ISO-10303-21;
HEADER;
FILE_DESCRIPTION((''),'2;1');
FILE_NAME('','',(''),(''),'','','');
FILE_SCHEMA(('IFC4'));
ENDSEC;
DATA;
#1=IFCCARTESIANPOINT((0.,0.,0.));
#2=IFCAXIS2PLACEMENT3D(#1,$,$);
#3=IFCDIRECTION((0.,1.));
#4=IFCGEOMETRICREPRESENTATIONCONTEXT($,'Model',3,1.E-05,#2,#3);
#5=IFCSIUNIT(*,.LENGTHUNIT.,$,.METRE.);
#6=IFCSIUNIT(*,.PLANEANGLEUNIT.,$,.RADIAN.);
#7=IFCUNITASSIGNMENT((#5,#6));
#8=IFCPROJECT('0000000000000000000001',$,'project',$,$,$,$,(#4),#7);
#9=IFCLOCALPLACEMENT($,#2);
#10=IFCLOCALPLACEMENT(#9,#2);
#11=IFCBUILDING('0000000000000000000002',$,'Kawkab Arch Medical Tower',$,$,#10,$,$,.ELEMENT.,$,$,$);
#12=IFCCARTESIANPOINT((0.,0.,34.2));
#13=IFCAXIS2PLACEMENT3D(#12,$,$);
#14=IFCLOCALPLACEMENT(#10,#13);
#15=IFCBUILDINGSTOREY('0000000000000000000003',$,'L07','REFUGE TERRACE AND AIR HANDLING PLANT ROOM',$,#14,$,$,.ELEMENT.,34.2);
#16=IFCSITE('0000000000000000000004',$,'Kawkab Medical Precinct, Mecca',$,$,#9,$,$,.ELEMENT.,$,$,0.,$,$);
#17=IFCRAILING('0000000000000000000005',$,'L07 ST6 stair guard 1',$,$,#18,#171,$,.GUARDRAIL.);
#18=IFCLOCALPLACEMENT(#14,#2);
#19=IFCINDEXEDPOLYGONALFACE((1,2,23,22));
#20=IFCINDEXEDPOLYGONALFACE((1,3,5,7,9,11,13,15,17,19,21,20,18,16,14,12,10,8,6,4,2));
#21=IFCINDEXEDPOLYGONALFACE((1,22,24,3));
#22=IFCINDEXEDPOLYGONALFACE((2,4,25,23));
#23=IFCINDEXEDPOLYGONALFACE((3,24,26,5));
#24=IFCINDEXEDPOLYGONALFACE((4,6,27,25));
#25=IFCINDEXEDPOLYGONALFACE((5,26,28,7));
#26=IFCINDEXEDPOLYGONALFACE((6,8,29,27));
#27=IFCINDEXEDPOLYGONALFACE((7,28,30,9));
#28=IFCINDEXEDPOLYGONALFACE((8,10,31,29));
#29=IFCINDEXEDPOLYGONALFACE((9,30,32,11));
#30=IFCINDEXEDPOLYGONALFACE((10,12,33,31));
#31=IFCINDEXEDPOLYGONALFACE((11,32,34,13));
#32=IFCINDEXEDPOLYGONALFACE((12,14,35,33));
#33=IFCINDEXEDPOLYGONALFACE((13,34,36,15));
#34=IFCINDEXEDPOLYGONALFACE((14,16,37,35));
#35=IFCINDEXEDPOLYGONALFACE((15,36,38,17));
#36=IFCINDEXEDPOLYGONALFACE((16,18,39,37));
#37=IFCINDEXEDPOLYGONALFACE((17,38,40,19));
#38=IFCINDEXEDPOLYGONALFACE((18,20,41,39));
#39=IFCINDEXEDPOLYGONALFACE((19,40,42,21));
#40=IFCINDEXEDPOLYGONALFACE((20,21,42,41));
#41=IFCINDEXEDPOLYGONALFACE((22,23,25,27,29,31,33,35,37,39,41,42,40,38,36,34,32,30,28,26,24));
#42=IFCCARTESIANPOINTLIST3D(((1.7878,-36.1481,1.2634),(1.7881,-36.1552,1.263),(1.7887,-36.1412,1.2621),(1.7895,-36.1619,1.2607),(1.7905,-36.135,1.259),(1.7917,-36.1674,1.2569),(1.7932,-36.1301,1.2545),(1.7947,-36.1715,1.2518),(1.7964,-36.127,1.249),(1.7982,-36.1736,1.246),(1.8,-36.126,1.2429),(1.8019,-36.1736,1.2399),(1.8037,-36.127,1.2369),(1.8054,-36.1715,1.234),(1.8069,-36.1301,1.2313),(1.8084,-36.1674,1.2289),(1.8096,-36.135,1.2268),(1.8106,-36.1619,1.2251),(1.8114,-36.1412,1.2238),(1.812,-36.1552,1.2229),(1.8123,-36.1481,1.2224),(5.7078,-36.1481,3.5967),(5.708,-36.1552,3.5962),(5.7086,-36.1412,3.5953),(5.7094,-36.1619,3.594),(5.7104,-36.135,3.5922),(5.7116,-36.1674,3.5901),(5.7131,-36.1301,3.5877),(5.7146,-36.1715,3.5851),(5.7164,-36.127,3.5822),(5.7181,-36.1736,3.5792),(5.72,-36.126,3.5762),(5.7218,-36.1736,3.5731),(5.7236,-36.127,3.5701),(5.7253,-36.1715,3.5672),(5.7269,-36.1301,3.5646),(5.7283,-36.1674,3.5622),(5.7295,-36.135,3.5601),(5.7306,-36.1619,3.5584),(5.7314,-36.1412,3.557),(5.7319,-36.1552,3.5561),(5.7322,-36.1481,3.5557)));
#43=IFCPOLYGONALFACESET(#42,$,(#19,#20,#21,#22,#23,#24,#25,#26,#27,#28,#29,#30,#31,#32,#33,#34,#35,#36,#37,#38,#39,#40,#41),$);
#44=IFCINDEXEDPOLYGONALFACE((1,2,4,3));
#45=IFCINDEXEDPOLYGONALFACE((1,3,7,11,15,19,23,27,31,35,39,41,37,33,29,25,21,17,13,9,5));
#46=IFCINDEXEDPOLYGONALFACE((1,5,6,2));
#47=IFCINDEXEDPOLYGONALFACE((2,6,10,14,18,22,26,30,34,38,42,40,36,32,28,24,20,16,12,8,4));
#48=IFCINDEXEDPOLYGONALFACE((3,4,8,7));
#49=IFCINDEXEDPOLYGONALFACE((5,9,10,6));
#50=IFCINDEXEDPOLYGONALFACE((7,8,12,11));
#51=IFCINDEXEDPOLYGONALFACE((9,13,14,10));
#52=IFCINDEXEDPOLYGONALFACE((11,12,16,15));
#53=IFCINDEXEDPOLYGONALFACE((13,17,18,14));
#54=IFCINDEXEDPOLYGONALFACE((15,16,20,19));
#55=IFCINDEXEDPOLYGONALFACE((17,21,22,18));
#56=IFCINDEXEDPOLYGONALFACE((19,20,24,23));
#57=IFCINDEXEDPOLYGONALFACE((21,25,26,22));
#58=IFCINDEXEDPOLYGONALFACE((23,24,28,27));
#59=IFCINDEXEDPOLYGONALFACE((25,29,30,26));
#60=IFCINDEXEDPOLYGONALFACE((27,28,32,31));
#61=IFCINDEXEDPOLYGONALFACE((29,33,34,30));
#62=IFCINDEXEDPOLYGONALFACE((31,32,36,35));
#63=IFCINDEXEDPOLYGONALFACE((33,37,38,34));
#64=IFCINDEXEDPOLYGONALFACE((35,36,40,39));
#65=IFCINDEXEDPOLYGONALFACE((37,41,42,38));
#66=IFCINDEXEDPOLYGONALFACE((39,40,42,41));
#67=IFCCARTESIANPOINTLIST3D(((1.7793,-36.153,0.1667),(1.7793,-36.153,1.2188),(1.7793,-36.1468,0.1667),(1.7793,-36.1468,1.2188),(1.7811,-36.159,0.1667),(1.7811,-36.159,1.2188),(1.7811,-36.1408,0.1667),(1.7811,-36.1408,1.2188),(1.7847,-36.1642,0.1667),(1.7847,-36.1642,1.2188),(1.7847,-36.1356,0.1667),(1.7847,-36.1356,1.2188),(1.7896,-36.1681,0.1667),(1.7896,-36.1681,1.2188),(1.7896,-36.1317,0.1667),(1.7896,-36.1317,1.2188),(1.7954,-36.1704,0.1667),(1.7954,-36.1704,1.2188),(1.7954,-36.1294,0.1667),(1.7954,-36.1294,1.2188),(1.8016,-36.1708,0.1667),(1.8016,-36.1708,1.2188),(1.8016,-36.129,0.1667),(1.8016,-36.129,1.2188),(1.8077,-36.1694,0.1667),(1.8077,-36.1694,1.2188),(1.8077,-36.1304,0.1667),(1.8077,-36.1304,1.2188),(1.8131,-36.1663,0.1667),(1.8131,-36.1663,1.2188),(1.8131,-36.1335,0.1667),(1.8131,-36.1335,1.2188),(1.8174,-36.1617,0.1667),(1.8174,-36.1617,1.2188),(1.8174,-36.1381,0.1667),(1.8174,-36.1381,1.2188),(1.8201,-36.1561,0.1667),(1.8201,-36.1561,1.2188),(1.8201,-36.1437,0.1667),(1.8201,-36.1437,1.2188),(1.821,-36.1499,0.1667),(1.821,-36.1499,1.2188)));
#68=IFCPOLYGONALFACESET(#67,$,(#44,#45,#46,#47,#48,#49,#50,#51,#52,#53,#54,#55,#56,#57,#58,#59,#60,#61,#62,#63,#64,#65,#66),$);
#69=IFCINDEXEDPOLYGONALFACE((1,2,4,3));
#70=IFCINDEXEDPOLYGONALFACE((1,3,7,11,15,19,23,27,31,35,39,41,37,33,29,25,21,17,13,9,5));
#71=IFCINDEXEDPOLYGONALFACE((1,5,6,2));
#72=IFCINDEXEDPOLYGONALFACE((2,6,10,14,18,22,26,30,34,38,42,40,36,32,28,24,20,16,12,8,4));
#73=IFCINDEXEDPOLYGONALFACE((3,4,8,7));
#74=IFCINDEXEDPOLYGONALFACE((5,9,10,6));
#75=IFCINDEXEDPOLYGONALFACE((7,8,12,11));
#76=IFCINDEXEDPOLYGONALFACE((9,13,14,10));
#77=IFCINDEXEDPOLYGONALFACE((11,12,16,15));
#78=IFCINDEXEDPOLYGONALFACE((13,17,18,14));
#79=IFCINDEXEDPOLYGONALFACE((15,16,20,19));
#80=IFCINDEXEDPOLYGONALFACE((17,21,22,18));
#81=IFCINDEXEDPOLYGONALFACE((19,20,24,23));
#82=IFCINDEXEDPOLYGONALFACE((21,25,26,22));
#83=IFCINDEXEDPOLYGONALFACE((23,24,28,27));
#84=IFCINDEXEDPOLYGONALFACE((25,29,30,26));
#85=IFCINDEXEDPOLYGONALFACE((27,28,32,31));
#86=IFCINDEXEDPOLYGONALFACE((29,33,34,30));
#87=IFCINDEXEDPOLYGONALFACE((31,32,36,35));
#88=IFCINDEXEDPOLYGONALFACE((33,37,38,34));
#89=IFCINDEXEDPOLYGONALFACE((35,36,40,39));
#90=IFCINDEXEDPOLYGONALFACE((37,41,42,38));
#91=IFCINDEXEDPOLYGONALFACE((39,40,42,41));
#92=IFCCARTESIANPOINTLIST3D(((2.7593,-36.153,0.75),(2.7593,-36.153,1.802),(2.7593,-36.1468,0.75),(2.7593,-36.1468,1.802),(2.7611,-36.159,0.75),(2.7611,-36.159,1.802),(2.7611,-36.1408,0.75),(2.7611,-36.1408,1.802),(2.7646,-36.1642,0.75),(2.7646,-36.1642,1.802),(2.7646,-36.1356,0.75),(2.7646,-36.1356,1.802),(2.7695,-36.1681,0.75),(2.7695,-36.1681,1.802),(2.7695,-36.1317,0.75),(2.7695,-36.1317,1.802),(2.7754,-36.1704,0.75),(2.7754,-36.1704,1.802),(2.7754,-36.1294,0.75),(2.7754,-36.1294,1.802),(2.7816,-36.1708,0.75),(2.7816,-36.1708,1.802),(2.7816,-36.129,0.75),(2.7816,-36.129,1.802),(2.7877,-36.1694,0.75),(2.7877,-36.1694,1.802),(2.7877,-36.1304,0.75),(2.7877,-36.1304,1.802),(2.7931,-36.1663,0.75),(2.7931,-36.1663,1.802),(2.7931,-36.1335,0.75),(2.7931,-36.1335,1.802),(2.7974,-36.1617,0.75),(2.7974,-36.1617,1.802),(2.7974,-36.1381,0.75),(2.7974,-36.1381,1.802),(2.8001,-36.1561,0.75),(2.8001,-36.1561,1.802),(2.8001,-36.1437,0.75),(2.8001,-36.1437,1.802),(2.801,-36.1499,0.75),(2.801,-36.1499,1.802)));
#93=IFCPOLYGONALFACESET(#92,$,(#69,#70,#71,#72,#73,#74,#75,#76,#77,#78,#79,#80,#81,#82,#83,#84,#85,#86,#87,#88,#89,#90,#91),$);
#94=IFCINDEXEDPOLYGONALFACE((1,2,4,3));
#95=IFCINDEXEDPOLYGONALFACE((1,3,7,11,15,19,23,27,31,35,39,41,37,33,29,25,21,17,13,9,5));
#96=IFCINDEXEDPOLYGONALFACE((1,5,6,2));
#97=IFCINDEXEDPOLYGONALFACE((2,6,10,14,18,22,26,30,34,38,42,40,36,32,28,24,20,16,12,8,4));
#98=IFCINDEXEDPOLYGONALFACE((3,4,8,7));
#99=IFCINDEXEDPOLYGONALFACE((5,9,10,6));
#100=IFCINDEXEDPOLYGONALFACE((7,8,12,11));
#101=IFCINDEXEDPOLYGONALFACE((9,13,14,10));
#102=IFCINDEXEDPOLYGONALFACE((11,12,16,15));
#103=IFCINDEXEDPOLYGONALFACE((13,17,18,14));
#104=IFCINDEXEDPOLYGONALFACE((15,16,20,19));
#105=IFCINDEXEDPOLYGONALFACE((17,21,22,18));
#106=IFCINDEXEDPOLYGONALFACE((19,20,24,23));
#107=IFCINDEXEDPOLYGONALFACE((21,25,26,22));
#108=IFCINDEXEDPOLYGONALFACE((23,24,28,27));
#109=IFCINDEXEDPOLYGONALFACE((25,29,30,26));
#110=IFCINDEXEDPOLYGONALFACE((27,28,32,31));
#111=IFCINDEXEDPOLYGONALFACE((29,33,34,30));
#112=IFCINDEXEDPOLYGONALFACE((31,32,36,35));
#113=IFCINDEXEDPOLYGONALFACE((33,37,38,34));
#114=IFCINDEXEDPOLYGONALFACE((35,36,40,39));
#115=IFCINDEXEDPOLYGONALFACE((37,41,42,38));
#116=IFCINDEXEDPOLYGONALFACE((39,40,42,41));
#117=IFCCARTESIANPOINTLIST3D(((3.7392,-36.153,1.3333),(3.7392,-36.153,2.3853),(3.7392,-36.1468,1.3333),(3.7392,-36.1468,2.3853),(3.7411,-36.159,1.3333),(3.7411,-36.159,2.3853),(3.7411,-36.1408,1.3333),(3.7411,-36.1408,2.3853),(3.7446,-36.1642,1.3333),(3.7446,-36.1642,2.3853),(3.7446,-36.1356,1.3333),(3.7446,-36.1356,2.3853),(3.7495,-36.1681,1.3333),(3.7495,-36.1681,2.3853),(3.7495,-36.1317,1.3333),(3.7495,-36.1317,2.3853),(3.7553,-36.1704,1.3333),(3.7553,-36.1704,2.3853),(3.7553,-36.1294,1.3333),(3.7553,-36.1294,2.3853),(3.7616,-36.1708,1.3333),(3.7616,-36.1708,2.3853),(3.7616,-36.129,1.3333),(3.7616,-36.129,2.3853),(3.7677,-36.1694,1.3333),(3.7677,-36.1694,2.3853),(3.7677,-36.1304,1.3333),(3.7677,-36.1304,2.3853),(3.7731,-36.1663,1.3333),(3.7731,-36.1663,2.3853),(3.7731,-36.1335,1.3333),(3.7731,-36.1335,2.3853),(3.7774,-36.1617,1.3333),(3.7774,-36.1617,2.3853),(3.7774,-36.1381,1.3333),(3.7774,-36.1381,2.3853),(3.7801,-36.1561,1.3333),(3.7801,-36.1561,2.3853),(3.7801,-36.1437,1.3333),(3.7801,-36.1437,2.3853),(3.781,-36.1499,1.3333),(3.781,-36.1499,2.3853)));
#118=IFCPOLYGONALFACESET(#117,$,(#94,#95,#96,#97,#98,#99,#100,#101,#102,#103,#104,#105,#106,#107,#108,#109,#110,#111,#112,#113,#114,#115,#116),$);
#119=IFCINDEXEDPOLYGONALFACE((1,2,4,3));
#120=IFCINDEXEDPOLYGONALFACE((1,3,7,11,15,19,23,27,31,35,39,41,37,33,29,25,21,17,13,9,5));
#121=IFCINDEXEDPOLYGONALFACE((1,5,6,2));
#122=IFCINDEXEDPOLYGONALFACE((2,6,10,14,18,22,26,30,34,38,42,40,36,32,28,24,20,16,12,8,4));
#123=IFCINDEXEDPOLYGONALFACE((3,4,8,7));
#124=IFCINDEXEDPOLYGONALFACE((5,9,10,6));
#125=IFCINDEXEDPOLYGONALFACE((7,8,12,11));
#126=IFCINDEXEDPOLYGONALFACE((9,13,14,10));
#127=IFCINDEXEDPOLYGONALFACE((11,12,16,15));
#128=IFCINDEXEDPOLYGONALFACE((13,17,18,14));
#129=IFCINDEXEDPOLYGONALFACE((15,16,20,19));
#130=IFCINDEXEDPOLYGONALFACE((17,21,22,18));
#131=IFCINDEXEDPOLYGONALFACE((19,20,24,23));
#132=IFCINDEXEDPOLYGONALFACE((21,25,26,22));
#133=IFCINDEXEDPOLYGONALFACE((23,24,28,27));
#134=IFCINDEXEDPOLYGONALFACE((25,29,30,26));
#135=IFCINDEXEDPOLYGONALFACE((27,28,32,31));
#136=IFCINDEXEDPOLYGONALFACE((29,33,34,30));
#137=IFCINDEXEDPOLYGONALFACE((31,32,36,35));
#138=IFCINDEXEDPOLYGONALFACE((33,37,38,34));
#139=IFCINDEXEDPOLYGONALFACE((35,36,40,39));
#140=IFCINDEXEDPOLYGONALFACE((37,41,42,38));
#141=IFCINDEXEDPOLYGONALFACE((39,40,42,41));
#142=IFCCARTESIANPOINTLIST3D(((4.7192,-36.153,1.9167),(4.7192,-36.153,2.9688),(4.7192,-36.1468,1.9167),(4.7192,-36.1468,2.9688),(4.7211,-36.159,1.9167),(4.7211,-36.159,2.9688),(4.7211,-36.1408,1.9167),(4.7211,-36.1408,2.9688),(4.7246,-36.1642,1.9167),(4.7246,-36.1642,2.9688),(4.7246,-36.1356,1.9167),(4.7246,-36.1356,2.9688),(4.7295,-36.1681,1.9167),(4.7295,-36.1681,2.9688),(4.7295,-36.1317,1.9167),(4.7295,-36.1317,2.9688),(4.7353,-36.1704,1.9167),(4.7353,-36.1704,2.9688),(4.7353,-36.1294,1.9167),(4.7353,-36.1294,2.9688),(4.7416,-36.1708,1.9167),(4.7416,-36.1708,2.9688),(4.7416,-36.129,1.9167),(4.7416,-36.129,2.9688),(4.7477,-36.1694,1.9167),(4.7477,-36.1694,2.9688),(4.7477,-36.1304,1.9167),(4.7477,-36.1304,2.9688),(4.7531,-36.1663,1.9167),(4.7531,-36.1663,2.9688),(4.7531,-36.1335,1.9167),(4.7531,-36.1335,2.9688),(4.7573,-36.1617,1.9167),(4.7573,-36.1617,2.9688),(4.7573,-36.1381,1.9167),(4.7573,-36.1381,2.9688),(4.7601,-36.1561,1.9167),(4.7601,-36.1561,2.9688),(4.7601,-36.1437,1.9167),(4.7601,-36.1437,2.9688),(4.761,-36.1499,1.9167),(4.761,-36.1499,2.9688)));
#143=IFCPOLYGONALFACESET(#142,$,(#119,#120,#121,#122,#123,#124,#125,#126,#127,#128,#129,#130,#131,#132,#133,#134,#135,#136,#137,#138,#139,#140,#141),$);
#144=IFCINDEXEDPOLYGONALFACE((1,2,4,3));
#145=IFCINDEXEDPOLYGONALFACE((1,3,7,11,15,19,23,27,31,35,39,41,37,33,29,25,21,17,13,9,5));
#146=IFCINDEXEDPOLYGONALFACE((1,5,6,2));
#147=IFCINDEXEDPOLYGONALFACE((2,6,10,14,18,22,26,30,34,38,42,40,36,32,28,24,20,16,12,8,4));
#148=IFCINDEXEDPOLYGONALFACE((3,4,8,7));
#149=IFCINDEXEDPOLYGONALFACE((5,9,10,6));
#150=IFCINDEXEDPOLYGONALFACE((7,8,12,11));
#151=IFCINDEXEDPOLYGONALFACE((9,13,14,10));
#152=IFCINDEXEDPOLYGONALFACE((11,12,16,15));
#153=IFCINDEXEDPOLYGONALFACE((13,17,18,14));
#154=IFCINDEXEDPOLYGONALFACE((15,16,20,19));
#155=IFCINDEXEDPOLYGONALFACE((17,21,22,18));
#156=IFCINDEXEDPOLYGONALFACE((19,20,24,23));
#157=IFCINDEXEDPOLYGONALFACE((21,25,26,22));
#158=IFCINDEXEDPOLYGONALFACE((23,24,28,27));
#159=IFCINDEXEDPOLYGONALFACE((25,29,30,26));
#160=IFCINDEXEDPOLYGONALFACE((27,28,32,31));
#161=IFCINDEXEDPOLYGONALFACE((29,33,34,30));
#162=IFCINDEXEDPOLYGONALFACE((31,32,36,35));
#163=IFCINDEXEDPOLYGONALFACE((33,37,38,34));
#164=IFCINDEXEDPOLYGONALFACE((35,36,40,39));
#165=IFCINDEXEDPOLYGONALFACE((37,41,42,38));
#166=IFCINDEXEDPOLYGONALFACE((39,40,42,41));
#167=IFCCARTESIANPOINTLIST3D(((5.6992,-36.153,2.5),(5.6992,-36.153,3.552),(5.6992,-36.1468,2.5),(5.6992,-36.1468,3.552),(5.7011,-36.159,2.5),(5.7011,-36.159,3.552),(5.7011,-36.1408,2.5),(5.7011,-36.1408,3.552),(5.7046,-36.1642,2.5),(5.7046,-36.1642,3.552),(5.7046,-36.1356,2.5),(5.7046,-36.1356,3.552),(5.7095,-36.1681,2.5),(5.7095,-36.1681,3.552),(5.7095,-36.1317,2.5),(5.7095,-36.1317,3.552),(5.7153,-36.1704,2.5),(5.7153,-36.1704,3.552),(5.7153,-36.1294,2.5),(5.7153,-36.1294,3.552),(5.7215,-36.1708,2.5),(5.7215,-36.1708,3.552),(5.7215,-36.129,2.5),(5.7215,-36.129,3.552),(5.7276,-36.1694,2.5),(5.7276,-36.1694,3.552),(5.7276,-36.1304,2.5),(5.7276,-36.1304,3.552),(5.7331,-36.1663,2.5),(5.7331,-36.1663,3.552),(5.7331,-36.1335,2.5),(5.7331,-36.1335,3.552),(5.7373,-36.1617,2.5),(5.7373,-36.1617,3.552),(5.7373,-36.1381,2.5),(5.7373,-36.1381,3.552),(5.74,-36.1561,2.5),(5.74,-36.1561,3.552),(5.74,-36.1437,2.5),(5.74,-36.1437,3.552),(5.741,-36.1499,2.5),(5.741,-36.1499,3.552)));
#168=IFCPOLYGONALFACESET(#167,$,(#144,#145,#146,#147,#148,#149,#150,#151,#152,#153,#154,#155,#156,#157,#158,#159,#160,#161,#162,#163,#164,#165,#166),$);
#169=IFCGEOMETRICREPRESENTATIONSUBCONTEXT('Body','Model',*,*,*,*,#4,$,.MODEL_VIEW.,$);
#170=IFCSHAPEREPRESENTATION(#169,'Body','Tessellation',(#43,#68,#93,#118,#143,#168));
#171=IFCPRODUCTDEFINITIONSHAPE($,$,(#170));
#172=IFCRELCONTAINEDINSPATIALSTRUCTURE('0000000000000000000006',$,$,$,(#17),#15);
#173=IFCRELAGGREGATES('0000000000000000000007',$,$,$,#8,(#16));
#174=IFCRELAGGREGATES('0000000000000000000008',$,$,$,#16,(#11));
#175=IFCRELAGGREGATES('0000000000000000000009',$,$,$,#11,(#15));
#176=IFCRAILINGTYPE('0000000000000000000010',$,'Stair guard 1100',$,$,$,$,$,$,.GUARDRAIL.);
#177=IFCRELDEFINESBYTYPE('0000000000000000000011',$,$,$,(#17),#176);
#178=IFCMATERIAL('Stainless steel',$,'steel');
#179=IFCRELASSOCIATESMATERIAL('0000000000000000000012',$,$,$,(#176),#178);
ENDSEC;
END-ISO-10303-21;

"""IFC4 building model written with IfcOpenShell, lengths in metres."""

from ifc_helpers import new_model, si_unit, direction, frame, origin, origin_2d, place, context, subcontext, project, spatial, circle, extrude, material, type_object, element, save


model = new_model("IFC4")

# Units and contexts
model_context = context("Model", 3, precision=1e-05, world=origin(), true_north=direction((0.0, 1.0)))
body_context = subcontext(model_context, "Body", "Model", "MODEL_VIEW")
ifc_project = project(units=[si_unit("LENGTHUNIT", "METRE"), si_unit("PLANEANGLEUNIT", "RADIAN")], contexts=[model_context])

# Site, building, storey
site_placement = place(None, origin())
site = spatial("IfcSite", under=ifc_project, at=site_placement, Name="Kawkab Medical Precinct, Mecca", CompositionType="ELEMENT", RefElevation=0.0)
building_placement = place(site_placement, origin())
building = spatial("IfcBuilding", under=site, at=building_placement, Name="Kawkab Arch Medical Tower", CompositionType="ELEMENT")
storey_placement = place(building_placement, frame((0.0, 0.0, 34.2)))
storey = spatial("IfcBuildingStorey", under=building, at=storey_placement, Name="L07", Description="REFUGE TERRACE AND AIR HANDLING PLANT ROOM", CompositionType="ELEMENT", Elevation=34.2)

# Railing
ifc_material_1 = material(Name="Stainless steel", Category="steel")
railing_type = type_object("IfcRailingType", Name="Stair guard 1100", PredefinedType="GUARDRAIL", material=ifc_material_1)
railing_1_placement = place(storey_placement, frame((1.8, -36.1499, 0.1667)))
element("IfcRailing", 1, at=railing_1_placement, inside=storey, type_object=railing_type, Name="L07 ST6 stair guard 1", PredefinedType="GUARDRAIL", context=body_context, shape_type="SweptSolid", body=[
    extrude(circle(Radius=0.0239, at=origin_2d()), frame((0.0, 0.0, 1.0762), z_axis=(0.859296, 0.0, 0.511478), x_axis=(0.0, 1.0, 0.0)), (0.0, 0.0, 1.0), 4.5618),
    extrude(circle(Radius=0.021, at=origin_2d()), origin(), (0.0, 0.0, 1.0), 1.052),
    extrude(circle(Radius=0.021, at=origin_2d()), frame((0.98, 0.0, 0.5833)), (0.0, 0.0, 1.0), 1.052),
    extrude(circle(Radius=0.021, at=origin_2d()), frame((1.96, 0.0, 1.1665)), (0.0, 0.0, 1.0), 1.052),
    extrude(circle(Radius=0.021, at=origin_2d()), frame((2.9399, 0.0, 1.75)), (0.0, 0.0, 1.0), 1.052),
    extrude(circle(Radius=0.021, at=origin_2d()), frame((3.9199, 0.0, 2.3333)), (0.0, 0.0, 1.0), 1.052),
])

save(model, "model.ifc")
